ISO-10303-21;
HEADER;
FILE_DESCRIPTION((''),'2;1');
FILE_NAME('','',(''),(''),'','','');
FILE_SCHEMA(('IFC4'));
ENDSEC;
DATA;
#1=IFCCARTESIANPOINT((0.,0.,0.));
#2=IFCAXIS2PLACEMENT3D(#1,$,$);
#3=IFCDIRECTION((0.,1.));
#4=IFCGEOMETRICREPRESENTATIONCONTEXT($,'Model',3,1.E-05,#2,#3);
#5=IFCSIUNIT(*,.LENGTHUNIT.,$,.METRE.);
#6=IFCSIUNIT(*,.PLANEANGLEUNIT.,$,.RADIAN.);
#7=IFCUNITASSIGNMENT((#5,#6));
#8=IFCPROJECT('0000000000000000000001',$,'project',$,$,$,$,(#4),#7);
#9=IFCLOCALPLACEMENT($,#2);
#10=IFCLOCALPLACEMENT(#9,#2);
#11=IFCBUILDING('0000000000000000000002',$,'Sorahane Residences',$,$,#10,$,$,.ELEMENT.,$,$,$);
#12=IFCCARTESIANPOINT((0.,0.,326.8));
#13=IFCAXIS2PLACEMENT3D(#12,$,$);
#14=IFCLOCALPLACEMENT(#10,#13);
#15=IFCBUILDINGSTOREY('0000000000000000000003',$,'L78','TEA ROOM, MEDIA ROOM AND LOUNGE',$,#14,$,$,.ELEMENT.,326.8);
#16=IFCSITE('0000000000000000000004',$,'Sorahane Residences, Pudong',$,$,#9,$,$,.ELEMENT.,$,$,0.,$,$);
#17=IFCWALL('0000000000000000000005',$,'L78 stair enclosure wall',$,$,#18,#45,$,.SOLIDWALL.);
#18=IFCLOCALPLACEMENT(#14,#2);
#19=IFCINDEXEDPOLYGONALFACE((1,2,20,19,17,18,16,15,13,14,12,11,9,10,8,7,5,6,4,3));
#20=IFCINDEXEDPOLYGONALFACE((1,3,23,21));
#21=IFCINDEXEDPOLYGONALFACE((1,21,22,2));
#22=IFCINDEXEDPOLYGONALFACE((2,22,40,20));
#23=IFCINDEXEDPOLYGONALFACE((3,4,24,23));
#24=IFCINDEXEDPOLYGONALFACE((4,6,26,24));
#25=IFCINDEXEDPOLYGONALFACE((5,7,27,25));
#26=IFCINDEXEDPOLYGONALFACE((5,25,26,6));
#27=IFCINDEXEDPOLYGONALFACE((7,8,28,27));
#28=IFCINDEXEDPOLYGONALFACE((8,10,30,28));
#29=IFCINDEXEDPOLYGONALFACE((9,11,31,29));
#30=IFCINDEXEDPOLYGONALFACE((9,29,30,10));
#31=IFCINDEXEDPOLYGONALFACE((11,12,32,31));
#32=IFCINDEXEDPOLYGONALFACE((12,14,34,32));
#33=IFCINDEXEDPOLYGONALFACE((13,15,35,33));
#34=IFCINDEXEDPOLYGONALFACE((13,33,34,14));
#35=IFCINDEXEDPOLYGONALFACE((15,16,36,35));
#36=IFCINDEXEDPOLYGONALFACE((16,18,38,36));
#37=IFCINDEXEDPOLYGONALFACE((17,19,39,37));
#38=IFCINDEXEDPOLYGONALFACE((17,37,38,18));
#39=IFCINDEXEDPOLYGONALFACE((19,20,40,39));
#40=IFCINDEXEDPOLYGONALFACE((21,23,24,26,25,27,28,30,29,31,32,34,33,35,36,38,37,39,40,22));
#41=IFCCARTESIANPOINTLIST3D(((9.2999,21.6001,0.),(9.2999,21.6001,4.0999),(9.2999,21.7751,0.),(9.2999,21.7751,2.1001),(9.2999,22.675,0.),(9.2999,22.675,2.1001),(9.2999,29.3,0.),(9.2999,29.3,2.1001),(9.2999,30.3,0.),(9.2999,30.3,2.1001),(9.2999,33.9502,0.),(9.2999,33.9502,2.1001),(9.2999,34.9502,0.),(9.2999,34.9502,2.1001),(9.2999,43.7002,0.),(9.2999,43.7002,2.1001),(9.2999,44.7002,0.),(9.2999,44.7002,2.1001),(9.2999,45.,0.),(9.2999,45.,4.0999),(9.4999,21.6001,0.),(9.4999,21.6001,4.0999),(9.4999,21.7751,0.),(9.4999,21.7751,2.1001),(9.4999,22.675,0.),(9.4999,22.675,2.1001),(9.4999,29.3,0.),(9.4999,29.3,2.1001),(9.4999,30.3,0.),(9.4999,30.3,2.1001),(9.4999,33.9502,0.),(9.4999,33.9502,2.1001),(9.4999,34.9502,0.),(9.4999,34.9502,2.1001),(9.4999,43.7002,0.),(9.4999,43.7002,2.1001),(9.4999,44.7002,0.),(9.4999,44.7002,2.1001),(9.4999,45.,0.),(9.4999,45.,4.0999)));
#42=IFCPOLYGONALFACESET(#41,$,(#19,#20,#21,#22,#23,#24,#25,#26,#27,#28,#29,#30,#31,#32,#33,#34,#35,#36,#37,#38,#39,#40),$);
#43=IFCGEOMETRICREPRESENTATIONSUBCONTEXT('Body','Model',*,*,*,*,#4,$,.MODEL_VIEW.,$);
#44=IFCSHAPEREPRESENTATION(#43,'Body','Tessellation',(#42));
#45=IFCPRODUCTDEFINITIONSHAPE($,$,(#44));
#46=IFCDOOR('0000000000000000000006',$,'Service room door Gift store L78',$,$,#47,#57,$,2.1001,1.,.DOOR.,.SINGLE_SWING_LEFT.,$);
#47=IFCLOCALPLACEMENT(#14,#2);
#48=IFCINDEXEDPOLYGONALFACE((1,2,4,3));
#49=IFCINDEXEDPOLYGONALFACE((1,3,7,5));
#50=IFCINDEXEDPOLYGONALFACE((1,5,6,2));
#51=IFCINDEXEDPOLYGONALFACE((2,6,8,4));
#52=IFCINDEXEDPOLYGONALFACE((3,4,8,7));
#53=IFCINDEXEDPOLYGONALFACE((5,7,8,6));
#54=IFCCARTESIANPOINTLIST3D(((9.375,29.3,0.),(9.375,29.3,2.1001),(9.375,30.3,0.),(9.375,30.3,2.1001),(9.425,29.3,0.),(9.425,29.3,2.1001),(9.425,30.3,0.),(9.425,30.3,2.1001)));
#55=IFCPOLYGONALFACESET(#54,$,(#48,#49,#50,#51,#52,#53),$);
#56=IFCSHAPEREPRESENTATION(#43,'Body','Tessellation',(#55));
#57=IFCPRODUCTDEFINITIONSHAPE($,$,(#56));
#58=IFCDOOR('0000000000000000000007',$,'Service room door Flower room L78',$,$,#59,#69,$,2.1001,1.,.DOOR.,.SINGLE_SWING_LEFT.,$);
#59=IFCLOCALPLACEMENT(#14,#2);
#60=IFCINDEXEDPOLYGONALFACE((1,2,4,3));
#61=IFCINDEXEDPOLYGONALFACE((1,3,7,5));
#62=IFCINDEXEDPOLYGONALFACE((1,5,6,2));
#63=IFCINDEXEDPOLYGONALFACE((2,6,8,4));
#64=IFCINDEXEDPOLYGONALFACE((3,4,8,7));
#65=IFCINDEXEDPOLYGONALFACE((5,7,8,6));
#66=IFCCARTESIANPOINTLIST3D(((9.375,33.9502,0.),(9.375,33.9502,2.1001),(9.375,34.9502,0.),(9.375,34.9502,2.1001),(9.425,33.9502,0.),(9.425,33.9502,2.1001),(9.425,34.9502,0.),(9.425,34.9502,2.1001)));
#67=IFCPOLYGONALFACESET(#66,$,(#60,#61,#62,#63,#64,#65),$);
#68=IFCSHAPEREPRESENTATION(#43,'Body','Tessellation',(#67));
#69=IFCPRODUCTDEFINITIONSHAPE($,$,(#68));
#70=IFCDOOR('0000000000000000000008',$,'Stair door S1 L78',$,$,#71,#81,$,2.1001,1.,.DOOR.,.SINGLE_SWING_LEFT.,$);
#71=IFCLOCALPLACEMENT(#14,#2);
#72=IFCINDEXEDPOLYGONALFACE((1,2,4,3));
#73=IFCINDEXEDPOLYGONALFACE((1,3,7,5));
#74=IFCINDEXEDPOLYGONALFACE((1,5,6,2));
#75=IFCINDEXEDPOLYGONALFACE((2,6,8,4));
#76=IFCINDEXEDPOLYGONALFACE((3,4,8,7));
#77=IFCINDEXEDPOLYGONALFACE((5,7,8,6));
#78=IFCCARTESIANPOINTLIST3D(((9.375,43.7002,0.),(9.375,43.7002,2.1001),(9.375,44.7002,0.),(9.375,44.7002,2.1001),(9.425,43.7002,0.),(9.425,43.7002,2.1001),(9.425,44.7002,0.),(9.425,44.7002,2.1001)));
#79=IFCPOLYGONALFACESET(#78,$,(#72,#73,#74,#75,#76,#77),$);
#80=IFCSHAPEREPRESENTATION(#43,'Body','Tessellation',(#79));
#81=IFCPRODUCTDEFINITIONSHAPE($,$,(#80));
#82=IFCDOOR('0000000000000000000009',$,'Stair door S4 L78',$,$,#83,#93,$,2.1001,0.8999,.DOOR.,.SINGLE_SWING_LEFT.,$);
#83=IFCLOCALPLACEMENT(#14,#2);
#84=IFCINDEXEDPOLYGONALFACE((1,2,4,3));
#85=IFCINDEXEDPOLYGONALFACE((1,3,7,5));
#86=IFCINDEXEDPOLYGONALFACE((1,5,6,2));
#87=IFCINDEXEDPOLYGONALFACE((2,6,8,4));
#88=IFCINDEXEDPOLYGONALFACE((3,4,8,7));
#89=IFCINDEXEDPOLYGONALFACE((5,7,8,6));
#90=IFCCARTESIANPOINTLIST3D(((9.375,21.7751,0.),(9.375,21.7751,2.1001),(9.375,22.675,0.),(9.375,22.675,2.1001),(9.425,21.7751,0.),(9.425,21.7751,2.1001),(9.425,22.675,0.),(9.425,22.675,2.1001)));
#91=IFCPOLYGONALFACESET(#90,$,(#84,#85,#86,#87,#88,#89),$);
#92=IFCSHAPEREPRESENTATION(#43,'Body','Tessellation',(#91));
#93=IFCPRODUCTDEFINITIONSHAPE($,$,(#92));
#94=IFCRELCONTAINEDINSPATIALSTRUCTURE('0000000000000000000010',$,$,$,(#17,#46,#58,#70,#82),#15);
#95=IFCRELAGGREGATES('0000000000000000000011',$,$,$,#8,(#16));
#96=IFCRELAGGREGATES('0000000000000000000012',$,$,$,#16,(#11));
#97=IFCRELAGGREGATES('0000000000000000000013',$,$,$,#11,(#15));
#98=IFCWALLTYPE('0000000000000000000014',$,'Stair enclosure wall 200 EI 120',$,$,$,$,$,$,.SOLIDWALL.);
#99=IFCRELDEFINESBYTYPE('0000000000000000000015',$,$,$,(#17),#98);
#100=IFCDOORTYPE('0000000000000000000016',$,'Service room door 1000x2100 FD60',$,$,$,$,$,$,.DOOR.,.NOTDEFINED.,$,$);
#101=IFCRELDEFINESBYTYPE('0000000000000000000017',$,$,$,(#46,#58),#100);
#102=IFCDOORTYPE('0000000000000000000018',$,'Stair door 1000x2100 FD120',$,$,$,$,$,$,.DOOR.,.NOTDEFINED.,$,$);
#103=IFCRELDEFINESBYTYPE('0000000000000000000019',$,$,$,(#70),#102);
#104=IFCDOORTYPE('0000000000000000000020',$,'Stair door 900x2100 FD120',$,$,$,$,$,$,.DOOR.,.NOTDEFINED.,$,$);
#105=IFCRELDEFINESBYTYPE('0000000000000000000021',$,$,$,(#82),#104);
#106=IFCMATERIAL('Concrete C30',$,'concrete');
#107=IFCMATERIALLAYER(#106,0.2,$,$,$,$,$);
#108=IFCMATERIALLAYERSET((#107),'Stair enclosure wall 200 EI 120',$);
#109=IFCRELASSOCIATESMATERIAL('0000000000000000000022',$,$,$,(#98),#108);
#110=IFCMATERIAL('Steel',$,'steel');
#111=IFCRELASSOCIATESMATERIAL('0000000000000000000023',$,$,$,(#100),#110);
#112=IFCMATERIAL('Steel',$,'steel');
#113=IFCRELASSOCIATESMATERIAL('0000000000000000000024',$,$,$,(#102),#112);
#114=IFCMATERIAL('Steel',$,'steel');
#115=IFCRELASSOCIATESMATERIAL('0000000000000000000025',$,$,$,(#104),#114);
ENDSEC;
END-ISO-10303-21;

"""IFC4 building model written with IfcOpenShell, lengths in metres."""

from ifc_helpers import new_model, si_unit, direction, frame, frame_2d, origin, place, context, subcontext, project, spatial, rectangle, extrude, material, layer, layer_set, type_object, element, fill, save


model = new_model("IFC4")

# Units and contexts
model_context = context("Model", 3, precision=1e-05, world=origin(), true_north=direction((0.0, 1.0)))
body_context = subcontext(model_context, "Body", "Model", "MODEL_VIEW")
ifc_project = project(units=[si_unit("LENGTHUNIT", "METRE"), si_unit("PLANEANGLEUNIT", "RADIAN")], contexts=[model_context])

# Site, building, storey
site_placement = place(None, origin())
site = spatial("IfcSite", under=ifc_project, at=site_placement, Name="Sorahane Residences, Pudong", CompositionType="ELEMENT", RefElevation=0.0)
building_placement = place(site_placement, origin())
building = spatial("IfcBuilding", under=site, at=building_placement, Name="Sorahane Residences", CompositionType="ELEMENT")
storey_placement = place(building_placement, frame((0.0, 0.0, 326.8)))
storey = spatial("IfcBuildingStorey", under=building, at=storey_placement, Name="L78", Description="TEA ROOM, MEDIA ROOM AND LOUNGE", CompositionType="ELEMENT", Elevation=326.8)

# Wall, openings, doors
ifc_material_1 = material(Name="Concrete C30", Category="concrete")
ifc_layer_1 = layer(ifc_material_1, 0.2)
ifc_layer_set_1 = layer_set([ifc_layer_1], Name="Stair enclosure wall 200 EI 120")
wall_type_1 = type_object("IfcWallType", Name="Stair enclosure wall 200 EI 120", PredefinedType="SOLIDWALL", material=ifc_layer_set_1)
wall_1_placement = place(storey_placement, frame((9.3999, 21.6001, 0.0), z_axis=(0.0, 0.0, 1.0), x_axis=(0.0, 1.0, 0.0)))
wall_1 = element("IfcWall", 1, at=wall_1_placement, inside=storey, type_object=wall_type_1, Name="L78 stair enclosure wall", PredefinedType="SOLIDWALL", context=body_context, shape_type="SweptSolid", body=[
    extrude(rectangle(XDim=23.3999, YDim=0.2, at=frame_2d((11.7, 0.0))), origin(), (0.0, 0.0, 1.0), 4.0999),
])
opening_1_placement = place(wall_1_placement, frame((7.7, 0.0, 0.0)))
opening_1 = element("IfcOpeningElement", 2, at=opening_1_placement, cuts=wall_1, PredefinedType="OPENING", context=body_context, shape_type="SweptSolid", body=[
    extrude(rectangle(XDim=1.0, YDim=2.1001, at=frame_2d((0.5, 1.05))), frame((0.0, 0.1099, 0.0), z_axis=(0.0, -1.0, 0.0), x_axis=(1.0, 0.0, 0.0)), (0.0, 0.0, 1.0), 0.22),
])
opening_2_placement = place(wall_1_placement, frame((12.3501, 0.0, 0.0)))
opening_2 = element("IfcOpeningElement", 3, at=opening_2_placement, cuts=wall_1, PredefinedType="OPENING", context=body_context, shape_type="SweptSolid", body=[
    extrude(rectangle(XDim=1.0, YDim=2.1001, at=frame_2d((0.5, 1.05))), frame((0.0, 0.1099, 0.0), z_axis=(0.0, -1.0, 0.0), x_axis=(1.0, 0.0, 0.0)), (0.0, 0.0, 1.0), 0.22),
])
opening_3_placement = place(wall_1_placement, frame((22.1001, 0.0, 0.0)))
opening_3 = element("IfcOpeningElement", 4, at=opening_3_placement, cuts=wall_1, PredefinedType="OPENING", context=body_context, shape_type="SweptSolid", body=[
    extrude(rectangle(XDim=1.0, YDim=2.1001, at=frame_2d((0.5, 1.05))), frame((0.0, 0.1099, 0.0), z_axis=(0.0, -1.0, 0.0), x_axis=(1.0, 0.0, 0.0)), (0.0, 0.0, 1.0), 0.22),
])
opening_4_placement = place(wall_1_placement, frame((0.175, 0.0, 0.0)))
opening_4 = element("IfcOpeningElement", 5, at=opening_4_placement, cuts=wall_1, PredefinedType="OPENING", context=body_context, shape_type="SweptSolid", body=[
    extrude(rectangle(XDim=0.8999, YDim=2.1001, at=frame_2d((0.45, 1.05))), frame((0.0, 0.1099, 0.0), z_axis=(0.0, -1.0, 0.0), x_axis=(1.0, 0.0, 0.0)), (0.0, 0.0, 1.0), 0.22),
])
ifc_material_2 = material(Name="Steel", Category="steel")
door_type_1 = type_object("IfcDoorType", Name="Service room door 1000x2100 FD60", OperationType="NOTDEFINED", PredefinedType="DOOR", material=ifc_material_2)
door_1_placement = place(opening_1_placement, origin())
door_1 = element("IfcDoor", 6, at=door_1_placement, inside=storey, type_object=door_type_1, Name="Service room door Gift store L78", OperationType="SINGLE_SWING_LEFT", OverallHeight=2.1001, OverallWidth=1.0, PredefinedType="DOOR", context=body_context, shape_type="SweptSolid", body=[
    extrude(rectangle(XDim=1.0, YDim=2.1001, at=frame_2d((0.5, 1.05))), frame((0.0, 0.0249, 0.0), z_axis=(0.0, -1.0, 0.0), x_axis=(1.0, 0.0, 0.0)), (0.0, 0.0, 1.0), 0.05),
])
fill(opening_1, door_1)
door_2_placement = place(opening_2_placement, origin())
door_2 = element("IfcDoor", 7, at=door_2_placement, inside=storey, type_object=door_type_1, Name="Service room door Flower room L78", OperationType="SINGLE_SWING_LEFT", OverallHeight=2.1001, OverallWidth=1.0, PredefinedType="DOOR", context=body_context, shape_type="SweptSolid", body=[
    extrude(rectangle(XDim=1.0, YDim=2.1001, at=frame_2d((0.5, 1.05))), frame((0.0, 0.0249, 0.0), z_axis=(0.0, -1.0, 0.0), x_axis=(1.0, 0.0, 0.0)), (0.0, 0.0, 1.0), 0.05),
])
fill(opening_2, door_2)
ifc_material_3 = material(Name="Steel", Category="steel")
door_type_2 = type_object("IfcDoorType", Name="Stair door 1000x2100 FD120", OperationType="NOTDEFINED", PredefinedType="DOOR", material=ifc_material_3)
door_3_placement = place(opening_3_placement, origin())
door_3 = element("IfcDoor", 8, at=door_3_placement, inside=storey, type_object=door_type_2, Name="Stair door S1 L78", OperationType="SINGLE_SWING_LEFT", OverallHeight=2.1001, OverallWidth=1.0, PredefinedType="DOOR", context=body_context, shape_type="SweptSolid", body=[
    extrude(rectangle(XDim=1.0, YDim=2.1001, at=frame_2d((0.5, 1.05))), frame((0.0, 0.0249, 0.0), z_axis=(0.0, -1.0, 0.0), x_axis=(1.0, 0.0, 0.0)), (0.0, 0.0, 1.0), 0.05),
])
fill(opening_3, door_3)
ifc_material_4 = material(Name="Steel", Category="steel")
door_type_3 = type_object("IfcDoorType", Name="Stair door 900x2100 FD120", OperationType="NOTDEFINED", PredefinedType="DOOR", material=ifc_material_4)
door_4_placement = place(opening_4_placement, origin())
door_4 = element("IfcDoor", 9, at=door_4_placement, inside=storey, type_object=door_type_3, Name="Stair door S4 L78", OperationType="SINGLE_SWING_LEFT", OverallHeight=2.1001, OverallWidth=0.8999, PredefinedType="DOOR", context=body_context, shape_type="SweptSolid", body=[
    extrude(rectangle(XDim=0.8999, YDim=2.1001, at=frame_2d((0.45, 1.05))), frame((0.0, 0.0249, 0.0), z_axis=(0.0, -1.0, 0.0), x_axis=(1.0, 0.0, 0.0)), (0.0, 0.0, 1.0), 0.05),
])
fill(opening_4, door_4)

save(model, "model.ifc")
